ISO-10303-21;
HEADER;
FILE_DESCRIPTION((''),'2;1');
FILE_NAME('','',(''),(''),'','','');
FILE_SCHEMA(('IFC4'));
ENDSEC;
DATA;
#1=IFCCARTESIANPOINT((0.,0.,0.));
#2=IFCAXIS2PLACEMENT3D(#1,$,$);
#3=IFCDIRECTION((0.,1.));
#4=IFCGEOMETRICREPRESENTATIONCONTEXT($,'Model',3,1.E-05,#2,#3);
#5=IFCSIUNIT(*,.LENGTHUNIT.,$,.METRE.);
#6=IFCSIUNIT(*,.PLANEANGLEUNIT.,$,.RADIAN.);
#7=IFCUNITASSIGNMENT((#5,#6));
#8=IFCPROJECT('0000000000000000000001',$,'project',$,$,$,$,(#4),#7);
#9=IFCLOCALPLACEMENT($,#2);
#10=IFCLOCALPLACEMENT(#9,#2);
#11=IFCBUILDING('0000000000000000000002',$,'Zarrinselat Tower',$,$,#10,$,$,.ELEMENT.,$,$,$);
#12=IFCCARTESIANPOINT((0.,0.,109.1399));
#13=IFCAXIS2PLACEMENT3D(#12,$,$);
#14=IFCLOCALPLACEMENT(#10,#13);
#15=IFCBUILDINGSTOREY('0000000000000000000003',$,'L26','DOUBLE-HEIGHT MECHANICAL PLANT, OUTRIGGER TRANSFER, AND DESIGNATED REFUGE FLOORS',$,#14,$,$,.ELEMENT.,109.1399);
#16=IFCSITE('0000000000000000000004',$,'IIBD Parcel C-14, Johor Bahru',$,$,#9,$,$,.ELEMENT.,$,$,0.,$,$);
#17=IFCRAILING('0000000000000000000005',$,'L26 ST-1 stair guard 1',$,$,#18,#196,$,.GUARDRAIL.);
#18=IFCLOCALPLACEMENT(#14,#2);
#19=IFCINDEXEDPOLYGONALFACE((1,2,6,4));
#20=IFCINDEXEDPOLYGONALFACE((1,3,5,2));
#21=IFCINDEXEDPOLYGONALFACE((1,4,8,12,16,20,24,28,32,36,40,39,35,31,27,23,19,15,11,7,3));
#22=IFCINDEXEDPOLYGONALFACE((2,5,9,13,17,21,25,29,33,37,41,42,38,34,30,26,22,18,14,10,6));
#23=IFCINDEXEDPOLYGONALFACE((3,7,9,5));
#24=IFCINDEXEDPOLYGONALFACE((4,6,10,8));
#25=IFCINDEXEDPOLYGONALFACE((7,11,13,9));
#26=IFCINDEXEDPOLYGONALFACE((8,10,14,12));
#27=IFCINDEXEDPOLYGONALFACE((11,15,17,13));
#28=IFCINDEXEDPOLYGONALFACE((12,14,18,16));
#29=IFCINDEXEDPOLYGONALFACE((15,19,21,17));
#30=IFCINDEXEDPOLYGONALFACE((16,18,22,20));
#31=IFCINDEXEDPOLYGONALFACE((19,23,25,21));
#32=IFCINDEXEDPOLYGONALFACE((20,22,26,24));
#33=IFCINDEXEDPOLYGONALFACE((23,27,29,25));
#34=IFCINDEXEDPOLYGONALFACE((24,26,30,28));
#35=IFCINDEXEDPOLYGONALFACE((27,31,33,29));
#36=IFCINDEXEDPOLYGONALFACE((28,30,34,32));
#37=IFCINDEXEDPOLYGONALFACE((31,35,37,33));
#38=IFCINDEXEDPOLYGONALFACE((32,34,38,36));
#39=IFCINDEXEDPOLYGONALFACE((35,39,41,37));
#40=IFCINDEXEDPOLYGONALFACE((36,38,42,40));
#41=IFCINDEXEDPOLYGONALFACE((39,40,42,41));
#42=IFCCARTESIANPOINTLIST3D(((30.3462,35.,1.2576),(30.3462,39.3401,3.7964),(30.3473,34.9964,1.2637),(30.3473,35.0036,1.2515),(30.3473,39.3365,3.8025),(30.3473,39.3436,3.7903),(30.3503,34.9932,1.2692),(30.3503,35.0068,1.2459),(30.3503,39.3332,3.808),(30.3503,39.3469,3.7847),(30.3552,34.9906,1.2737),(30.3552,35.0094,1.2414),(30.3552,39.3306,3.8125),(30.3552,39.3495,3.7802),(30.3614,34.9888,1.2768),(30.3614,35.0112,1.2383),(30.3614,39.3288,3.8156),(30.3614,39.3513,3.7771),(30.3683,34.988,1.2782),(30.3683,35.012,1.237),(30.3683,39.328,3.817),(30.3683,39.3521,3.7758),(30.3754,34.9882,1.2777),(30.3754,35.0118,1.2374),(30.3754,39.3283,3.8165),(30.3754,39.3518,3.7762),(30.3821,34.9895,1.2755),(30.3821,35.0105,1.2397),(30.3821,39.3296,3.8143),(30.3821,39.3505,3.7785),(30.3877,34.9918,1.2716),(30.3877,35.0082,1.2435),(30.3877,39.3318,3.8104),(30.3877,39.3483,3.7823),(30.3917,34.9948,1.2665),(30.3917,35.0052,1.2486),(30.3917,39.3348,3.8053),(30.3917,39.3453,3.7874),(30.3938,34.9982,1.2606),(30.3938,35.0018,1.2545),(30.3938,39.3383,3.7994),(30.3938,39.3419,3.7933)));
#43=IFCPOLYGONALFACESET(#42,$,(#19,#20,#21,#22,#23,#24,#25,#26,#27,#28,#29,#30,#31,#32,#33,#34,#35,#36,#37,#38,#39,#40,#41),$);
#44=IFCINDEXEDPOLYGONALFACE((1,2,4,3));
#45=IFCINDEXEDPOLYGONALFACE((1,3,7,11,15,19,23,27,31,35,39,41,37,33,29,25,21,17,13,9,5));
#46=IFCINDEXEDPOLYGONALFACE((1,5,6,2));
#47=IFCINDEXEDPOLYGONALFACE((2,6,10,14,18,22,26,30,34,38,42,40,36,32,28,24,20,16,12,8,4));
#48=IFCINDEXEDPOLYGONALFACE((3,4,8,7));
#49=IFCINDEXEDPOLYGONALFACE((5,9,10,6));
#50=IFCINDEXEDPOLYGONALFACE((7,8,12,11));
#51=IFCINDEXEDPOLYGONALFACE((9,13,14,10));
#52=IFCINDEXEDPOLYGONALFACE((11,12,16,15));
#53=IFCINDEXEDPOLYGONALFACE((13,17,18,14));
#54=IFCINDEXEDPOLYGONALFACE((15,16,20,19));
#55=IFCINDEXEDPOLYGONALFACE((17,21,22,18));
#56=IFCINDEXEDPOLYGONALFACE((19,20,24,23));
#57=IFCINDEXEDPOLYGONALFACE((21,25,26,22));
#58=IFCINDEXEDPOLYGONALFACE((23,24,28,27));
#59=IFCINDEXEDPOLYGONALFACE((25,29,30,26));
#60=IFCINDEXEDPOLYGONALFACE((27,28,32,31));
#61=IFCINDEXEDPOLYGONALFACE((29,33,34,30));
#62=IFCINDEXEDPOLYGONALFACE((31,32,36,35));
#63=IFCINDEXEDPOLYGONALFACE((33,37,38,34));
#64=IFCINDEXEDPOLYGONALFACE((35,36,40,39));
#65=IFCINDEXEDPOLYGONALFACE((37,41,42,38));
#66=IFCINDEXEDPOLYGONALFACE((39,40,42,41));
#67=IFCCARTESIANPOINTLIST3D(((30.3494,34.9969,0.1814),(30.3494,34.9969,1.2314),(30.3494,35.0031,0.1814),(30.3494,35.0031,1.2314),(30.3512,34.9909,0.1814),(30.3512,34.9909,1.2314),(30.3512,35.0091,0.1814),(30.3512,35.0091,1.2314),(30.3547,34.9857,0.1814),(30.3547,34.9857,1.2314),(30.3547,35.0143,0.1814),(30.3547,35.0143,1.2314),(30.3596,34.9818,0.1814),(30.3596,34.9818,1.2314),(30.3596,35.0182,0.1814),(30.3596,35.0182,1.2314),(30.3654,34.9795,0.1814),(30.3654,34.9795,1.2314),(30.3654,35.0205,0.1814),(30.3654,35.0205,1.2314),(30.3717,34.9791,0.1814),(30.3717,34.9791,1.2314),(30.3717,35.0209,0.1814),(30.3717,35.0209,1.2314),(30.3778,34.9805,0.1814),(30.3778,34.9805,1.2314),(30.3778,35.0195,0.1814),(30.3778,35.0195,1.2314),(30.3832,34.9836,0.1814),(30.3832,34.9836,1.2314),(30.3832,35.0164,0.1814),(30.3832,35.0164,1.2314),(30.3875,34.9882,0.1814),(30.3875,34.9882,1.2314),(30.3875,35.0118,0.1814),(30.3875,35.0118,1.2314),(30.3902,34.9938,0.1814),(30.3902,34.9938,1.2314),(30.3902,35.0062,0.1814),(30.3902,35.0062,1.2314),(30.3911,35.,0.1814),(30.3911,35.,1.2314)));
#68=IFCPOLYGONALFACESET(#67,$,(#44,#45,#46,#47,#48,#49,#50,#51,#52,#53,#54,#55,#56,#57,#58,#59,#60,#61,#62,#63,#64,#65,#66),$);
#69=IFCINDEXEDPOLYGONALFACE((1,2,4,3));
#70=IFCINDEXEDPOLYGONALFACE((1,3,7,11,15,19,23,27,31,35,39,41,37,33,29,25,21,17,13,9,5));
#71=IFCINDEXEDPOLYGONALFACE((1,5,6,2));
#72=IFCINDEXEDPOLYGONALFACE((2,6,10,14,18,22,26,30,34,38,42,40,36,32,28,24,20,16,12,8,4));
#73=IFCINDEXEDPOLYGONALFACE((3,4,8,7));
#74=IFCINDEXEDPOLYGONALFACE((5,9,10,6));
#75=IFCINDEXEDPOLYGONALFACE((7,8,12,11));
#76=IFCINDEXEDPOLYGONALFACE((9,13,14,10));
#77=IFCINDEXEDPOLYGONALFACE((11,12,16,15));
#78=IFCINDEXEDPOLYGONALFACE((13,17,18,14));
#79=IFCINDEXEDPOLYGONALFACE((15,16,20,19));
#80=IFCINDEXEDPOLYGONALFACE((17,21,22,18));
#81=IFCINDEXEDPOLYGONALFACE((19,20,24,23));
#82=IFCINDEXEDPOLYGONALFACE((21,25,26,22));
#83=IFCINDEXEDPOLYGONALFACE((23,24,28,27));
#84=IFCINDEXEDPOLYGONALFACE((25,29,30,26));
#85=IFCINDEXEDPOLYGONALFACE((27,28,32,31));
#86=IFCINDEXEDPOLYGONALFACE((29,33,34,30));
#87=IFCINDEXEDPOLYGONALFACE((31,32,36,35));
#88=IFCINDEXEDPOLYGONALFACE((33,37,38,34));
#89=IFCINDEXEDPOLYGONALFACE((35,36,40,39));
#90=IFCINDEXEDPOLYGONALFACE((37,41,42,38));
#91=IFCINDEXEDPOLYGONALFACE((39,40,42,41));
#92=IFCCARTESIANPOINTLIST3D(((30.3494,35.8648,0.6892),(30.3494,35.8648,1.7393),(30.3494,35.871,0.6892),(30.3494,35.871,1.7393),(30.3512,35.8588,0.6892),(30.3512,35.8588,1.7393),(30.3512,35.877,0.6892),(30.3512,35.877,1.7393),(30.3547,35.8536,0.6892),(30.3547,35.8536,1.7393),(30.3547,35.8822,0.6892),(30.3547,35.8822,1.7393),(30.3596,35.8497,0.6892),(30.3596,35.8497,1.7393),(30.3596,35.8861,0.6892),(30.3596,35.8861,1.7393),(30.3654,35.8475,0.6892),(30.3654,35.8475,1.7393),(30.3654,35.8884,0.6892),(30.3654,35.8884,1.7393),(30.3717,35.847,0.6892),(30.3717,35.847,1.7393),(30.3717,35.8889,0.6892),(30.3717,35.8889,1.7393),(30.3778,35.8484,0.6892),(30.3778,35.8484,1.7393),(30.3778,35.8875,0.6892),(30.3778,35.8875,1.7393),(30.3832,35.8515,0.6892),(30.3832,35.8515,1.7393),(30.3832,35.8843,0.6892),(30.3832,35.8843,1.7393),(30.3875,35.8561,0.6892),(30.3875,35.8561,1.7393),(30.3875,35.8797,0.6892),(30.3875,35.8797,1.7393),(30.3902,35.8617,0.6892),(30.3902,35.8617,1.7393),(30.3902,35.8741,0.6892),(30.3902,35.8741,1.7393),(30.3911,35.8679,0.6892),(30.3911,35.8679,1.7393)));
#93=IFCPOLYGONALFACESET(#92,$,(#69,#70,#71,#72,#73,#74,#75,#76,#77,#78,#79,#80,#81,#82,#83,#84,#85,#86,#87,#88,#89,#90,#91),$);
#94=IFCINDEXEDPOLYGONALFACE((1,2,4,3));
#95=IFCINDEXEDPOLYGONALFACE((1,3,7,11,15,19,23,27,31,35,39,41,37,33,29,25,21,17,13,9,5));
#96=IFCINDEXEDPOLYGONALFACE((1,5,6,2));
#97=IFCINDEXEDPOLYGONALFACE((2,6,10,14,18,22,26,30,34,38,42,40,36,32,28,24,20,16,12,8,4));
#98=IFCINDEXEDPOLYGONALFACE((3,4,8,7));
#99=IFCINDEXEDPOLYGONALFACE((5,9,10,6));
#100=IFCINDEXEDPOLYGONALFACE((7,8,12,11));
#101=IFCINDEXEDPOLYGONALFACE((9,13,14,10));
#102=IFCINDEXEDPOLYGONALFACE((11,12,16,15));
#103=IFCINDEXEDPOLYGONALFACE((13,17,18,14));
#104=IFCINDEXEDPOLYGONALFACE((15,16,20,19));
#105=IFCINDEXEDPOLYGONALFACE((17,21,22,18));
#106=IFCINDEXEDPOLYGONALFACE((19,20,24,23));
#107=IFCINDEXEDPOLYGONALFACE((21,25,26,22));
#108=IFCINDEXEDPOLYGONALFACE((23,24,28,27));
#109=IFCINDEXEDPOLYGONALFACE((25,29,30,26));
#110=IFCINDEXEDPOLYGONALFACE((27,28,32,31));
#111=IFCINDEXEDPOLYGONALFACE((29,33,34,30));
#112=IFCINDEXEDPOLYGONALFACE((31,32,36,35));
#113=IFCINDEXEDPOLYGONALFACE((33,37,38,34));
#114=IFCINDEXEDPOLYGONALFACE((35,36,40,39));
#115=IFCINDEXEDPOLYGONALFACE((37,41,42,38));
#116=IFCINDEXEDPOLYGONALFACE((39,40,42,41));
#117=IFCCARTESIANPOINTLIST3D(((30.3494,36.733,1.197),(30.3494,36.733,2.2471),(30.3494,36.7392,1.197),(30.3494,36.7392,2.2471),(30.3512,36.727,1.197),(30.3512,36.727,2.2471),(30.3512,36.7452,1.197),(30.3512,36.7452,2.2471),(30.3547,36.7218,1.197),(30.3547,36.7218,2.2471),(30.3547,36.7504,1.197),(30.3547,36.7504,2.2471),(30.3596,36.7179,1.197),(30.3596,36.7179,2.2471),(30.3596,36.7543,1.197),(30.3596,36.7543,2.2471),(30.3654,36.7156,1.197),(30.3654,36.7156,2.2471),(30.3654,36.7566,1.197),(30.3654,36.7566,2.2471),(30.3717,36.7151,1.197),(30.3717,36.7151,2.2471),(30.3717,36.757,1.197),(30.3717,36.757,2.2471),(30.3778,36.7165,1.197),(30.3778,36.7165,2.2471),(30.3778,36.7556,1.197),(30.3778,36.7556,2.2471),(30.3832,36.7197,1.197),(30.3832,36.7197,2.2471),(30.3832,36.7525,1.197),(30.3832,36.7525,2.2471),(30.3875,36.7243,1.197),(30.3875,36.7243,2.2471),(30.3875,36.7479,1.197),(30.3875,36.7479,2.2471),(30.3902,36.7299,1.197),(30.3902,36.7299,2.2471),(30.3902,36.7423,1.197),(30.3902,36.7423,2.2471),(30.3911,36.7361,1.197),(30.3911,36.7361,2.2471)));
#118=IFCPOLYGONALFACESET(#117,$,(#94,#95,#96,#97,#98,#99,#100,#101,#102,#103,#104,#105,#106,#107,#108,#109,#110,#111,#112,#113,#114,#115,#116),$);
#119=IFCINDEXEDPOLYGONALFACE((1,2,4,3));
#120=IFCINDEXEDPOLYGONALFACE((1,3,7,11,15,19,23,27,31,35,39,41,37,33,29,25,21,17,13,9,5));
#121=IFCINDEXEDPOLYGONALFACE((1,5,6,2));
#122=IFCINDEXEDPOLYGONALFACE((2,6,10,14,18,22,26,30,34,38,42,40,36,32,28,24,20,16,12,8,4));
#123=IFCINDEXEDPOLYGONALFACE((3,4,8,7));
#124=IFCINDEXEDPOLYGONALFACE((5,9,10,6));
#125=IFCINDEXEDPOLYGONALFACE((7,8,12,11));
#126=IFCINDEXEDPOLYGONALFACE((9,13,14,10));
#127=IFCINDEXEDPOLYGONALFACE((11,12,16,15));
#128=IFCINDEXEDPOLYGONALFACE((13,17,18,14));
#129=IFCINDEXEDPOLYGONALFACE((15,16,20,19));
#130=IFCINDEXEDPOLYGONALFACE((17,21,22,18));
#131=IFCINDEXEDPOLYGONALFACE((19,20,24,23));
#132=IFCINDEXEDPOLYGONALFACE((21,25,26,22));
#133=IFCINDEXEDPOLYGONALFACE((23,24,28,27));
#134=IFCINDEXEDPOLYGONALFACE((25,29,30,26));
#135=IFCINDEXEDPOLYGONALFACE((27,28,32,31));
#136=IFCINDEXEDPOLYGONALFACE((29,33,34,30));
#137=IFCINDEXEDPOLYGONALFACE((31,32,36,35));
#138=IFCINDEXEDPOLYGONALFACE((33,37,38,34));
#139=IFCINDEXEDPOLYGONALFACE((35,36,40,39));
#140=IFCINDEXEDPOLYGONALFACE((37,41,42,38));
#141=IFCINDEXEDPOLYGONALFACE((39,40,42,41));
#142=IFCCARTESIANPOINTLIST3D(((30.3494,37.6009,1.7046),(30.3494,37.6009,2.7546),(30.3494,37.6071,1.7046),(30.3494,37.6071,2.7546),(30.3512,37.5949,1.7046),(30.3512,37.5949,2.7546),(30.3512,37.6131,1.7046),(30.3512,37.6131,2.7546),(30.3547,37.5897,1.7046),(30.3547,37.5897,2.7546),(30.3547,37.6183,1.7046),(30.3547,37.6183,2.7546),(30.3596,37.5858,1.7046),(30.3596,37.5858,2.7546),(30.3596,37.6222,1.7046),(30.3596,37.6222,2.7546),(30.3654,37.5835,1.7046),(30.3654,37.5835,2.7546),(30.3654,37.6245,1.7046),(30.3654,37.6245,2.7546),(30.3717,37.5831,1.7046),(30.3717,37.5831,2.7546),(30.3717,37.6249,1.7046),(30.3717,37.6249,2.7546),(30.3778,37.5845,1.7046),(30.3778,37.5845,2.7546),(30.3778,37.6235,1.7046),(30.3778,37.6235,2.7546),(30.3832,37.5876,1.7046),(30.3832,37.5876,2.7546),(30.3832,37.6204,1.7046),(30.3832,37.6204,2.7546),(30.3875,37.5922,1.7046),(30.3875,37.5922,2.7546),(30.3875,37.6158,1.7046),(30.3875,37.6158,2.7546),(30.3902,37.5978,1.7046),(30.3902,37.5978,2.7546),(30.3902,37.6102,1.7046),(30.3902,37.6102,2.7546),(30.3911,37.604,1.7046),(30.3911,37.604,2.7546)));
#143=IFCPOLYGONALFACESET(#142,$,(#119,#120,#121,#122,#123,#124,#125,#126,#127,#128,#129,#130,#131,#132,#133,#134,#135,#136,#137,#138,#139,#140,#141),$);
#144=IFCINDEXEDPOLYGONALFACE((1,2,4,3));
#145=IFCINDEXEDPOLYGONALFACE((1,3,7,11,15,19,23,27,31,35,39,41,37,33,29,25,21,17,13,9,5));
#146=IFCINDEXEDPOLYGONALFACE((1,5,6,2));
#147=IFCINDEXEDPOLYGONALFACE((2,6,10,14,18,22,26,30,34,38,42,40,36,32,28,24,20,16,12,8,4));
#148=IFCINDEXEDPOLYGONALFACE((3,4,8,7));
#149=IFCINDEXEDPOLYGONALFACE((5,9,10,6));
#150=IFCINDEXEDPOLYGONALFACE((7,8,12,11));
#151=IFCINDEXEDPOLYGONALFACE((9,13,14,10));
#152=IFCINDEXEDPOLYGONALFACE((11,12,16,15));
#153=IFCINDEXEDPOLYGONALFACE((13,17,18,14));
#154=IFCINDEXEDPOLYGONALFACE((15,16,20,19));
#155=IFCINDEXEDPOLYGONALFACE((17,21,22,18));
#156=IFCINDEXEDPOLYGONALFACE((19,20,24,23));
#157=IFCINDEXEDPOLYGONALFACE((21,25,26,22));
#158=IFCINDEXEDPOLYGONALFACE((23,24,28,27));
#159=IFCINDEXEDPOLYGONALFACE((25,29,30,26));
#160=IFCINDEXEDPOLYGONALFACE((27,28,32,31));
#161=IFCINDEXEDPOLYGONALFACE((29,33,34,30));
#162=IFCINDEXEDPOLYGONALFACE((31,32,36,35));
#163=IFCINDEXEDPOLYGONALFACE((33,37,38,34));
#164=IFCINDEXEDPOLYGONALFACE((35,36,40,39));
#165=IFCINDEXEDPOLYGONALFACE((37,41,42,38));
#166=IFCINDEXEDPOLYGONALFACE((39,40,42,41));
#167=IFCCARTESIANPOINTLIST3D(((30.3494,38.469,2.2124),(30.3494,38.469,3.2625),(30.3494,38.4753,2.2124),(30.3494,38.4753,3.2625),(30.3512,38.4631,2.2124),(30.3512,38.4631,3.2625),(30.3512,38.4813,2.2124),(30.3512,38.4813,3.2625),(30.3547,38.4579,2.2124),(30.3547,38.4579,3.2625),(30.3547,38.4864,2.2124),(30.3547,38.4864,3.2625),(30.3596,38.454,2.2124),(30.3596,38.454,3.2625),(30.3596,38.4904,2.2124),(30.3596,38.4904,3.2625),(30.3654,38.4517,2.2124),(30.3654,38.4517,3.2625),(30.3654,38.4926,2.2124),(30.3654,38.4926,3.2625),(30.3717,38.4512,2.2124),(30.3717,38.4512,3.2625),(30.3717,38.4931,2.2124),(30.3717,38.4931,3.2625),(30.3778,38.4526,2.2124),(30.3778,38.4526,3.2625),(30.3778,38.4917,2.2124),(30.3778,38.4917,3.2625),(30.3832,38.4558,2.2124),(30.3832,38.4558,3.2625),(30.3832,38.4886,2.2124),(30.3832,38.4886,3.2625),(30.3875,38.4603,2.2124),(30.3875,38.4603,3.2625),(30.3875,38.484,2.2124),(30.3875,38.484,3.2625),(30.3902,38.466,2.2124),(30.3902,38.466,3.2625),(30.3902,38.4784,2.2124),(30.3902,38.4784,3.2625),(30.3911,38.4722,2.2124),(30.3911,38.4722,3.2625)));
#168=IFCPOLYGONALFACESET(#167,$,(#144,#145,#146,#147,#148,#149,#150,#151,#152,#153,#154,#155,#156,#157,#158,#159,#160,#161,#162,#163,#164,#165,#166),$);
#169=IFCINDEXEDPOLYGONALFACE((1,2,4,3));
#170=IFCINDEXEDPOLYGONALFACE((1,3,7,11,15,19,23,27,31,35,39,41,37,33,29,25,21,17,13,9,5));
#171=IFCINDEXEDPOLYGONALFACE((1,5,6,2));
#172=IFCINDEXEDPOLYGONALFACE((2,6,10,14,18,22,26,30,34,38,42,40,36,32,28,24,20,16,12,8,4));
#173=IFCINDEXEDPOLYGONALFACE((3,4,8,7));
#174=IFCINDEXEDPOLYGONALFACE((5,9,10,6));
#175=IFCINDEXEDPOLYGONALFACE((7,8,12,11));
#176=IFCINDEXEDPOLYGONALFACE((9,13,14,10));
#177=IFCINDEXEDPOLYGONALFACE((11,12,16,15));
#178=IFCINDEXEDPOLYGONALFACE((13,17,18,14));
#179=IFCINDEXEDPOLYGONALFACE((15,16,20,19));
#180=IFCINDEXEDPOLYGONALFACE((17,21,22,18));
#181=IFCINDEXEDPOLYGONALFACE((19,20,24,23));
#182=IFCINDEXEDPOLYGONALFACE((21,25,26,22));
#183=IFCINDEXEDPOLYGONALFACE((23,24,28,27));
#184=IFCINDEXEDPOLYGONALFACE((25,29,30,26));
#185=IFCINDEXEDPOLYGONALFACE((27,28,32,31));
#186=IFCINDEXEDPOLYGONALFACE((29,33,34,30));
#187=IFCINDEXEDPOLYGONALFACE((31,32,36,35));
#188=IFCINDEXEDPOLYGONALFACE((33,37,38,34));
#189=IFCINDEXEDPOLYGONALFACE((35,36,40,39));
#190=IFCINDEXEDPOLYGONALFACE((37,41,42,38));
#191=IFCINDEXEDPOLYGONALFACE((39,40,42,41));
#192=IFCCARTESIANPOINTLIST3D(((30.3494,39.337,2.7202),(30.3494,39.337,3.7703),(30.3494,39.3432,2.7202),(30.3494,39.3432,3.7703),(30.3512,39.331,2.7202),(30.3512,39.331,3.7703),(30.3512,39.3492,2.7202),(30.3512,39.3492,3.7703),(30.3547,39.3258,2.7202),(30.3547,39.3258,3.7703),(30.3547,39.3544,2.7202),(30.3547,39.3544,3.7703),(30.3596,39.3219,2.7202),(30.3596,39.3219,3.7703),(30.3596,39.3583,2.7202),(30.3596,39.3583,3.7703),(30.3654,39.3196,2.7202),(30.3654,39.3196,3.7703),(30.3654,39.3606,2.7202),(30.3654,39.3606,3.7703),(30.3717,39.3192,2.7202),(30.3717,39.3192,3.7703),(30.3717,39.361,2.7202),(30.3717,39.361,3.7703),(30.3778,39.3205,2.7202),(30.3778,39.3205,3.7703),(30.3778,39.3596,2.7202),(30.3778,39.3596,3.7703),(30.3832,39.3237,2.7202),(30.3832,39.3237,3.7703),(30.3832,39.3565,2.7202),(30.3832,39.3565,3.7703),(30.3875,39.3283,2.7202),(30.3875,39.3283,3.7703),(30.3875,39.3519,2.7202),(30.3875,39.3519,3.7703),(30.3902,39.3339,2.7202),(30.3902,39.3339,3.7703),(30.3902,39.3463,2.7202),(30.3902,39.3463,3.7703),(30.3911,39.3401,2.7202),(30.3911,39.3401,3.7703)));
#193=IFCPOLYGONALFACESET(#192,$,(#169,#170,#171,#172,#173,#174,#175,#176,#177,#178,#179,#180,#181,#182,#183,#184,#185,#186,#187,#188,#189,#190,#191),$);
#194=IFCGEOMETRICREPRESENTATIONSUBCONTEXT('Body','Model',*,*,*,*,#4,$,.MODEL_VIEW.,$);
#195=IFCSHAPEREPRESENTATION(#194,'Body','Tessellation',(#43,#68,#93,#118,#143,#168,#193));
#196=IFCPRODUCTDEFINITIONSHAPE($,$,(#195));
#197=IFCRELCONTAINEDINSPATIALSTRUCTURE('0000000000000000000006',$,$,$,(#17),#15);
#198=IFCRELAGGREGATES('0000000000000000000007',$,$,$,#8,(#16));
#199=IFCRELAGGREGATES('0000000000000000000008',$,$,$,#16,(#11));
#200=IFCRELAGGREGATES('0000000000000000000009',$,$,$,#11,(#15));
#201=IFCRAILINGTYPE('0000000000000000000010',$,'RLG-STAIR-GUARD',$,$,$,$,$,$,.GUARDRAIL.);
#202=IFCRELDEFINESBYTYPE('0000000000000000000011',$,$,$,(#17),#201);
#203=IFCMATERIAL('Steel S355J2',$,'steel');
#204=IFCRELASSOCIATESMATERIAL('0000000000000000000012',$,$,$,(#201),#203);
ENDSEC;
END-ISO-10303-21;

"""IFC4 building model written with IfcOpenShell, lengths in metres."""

from ifc_helpers import new_model, si_unit, direction, frame, origin, origin_2d, place, context, subcontext, project, spatial, circle, extrude, material, type_object, element, save


model = new_model("IFC4")

# Units and contexts
model_context = context("Model", 3, precision=1e-05, world=origin(), true_north=direction((0.0, 1.0)))
body_context = subcontext(model_context, "Body", "Model", "MODEL_VIEW")
ifc_project = project(units=[si_unit("LENGTHUNIT", "METRE"), si_unit("PLANEANGLEUNIT", "RADIAN")], contexts=[model_context])

# Site, building, storey
site_placement = place(None, origin())
site = spatial("IfcSite", under=ifc_project, at=site_placement, Name="IIBD Parcel C-14, Johor Bahru", CompositionType="ELEMENT", RefElevation=0.0)
building_placement = place(site_placement, origin())
building = spatial("IfcBuilding", under=site, at=building_placement, Name="Zarrinselat Tower", CompositionType="ELEMENT")
storey_placement = place(building_placement, frame((0.0, 0.0, 109.1399)))
storey = spatial("IfcBuildingStorey", under=building, at=storey_placement, Name="L26", Description="DOUBLE-HEIGHT MECHANICAL PLANT, OUTRIGGER TRANSFER, AND DESIGNATED REFUGE FLOORS", CompositionType="ELEMENT", Elevation=109.1399)

# Railing
ifc_material_1 = material(Name="Steel S355J2", Category="steel")
railing_type_1 = type_object("IfcRailingType", Name="RLG-STAIR-GUARD", PredefinedType="GUARDRAIL", material=ifc_material_1)
railing_1_placement = place(storey_placement, frame((30.3701, 35.0, 0.1814)))
element("IfcRailing", 1, at=railing_1_placement, inside=storey, type_object=railing_type_1, Name="L26 ST-1 stair guard 1", PredefinedType="GUARDRAIL", context=body_context, shape_type="SweptSolid", body=[
    extrude(circle(Radius=0.0239, at=origin_2d()), frame((0.0, 0.0, 1.0762), z_axis=(0.0, 0.863164, 0.504924), x_axis=(-1.0, 0.0, 0.0)), (0.0, 0.0, 1.0), 5.0281),
    extrude(circle(Radius=0.021, at=origin_2d()), origin(), (0.0, 0.0, 1.0), 1.05),
    extrude(circle(Radius=0.021, at=origin_2d()), frame((0.0, 0.8679, 0.5078)), (0.0, 0.0, 1.0), 1.05),
    extrude(circle(Radius=0.021, at=origin_2d()), frame((0.0, 1.7361, 1.0156)), (0.0, 0.0, 1.0), 1.05),
    extrude(circle(Radius=0.021, at=origin_2d()), frame((0.0, 2.604, 1.5232)), (0.0, 0.0, 1.0), 1.05),
    extrude(circle(Radius=0.021, at=origin_2d()), frame((0.0, 3.4722, 2.031)), (0.0, 0.0, 1.0), 1.05),
    extrude(circle(Radius=0.021, at=origin_2d()), frame((0.0, 4.3401, 2.5388)), (0.0, 0.0, 1.0), 1.05),
])

save(model, "model.ifc")
